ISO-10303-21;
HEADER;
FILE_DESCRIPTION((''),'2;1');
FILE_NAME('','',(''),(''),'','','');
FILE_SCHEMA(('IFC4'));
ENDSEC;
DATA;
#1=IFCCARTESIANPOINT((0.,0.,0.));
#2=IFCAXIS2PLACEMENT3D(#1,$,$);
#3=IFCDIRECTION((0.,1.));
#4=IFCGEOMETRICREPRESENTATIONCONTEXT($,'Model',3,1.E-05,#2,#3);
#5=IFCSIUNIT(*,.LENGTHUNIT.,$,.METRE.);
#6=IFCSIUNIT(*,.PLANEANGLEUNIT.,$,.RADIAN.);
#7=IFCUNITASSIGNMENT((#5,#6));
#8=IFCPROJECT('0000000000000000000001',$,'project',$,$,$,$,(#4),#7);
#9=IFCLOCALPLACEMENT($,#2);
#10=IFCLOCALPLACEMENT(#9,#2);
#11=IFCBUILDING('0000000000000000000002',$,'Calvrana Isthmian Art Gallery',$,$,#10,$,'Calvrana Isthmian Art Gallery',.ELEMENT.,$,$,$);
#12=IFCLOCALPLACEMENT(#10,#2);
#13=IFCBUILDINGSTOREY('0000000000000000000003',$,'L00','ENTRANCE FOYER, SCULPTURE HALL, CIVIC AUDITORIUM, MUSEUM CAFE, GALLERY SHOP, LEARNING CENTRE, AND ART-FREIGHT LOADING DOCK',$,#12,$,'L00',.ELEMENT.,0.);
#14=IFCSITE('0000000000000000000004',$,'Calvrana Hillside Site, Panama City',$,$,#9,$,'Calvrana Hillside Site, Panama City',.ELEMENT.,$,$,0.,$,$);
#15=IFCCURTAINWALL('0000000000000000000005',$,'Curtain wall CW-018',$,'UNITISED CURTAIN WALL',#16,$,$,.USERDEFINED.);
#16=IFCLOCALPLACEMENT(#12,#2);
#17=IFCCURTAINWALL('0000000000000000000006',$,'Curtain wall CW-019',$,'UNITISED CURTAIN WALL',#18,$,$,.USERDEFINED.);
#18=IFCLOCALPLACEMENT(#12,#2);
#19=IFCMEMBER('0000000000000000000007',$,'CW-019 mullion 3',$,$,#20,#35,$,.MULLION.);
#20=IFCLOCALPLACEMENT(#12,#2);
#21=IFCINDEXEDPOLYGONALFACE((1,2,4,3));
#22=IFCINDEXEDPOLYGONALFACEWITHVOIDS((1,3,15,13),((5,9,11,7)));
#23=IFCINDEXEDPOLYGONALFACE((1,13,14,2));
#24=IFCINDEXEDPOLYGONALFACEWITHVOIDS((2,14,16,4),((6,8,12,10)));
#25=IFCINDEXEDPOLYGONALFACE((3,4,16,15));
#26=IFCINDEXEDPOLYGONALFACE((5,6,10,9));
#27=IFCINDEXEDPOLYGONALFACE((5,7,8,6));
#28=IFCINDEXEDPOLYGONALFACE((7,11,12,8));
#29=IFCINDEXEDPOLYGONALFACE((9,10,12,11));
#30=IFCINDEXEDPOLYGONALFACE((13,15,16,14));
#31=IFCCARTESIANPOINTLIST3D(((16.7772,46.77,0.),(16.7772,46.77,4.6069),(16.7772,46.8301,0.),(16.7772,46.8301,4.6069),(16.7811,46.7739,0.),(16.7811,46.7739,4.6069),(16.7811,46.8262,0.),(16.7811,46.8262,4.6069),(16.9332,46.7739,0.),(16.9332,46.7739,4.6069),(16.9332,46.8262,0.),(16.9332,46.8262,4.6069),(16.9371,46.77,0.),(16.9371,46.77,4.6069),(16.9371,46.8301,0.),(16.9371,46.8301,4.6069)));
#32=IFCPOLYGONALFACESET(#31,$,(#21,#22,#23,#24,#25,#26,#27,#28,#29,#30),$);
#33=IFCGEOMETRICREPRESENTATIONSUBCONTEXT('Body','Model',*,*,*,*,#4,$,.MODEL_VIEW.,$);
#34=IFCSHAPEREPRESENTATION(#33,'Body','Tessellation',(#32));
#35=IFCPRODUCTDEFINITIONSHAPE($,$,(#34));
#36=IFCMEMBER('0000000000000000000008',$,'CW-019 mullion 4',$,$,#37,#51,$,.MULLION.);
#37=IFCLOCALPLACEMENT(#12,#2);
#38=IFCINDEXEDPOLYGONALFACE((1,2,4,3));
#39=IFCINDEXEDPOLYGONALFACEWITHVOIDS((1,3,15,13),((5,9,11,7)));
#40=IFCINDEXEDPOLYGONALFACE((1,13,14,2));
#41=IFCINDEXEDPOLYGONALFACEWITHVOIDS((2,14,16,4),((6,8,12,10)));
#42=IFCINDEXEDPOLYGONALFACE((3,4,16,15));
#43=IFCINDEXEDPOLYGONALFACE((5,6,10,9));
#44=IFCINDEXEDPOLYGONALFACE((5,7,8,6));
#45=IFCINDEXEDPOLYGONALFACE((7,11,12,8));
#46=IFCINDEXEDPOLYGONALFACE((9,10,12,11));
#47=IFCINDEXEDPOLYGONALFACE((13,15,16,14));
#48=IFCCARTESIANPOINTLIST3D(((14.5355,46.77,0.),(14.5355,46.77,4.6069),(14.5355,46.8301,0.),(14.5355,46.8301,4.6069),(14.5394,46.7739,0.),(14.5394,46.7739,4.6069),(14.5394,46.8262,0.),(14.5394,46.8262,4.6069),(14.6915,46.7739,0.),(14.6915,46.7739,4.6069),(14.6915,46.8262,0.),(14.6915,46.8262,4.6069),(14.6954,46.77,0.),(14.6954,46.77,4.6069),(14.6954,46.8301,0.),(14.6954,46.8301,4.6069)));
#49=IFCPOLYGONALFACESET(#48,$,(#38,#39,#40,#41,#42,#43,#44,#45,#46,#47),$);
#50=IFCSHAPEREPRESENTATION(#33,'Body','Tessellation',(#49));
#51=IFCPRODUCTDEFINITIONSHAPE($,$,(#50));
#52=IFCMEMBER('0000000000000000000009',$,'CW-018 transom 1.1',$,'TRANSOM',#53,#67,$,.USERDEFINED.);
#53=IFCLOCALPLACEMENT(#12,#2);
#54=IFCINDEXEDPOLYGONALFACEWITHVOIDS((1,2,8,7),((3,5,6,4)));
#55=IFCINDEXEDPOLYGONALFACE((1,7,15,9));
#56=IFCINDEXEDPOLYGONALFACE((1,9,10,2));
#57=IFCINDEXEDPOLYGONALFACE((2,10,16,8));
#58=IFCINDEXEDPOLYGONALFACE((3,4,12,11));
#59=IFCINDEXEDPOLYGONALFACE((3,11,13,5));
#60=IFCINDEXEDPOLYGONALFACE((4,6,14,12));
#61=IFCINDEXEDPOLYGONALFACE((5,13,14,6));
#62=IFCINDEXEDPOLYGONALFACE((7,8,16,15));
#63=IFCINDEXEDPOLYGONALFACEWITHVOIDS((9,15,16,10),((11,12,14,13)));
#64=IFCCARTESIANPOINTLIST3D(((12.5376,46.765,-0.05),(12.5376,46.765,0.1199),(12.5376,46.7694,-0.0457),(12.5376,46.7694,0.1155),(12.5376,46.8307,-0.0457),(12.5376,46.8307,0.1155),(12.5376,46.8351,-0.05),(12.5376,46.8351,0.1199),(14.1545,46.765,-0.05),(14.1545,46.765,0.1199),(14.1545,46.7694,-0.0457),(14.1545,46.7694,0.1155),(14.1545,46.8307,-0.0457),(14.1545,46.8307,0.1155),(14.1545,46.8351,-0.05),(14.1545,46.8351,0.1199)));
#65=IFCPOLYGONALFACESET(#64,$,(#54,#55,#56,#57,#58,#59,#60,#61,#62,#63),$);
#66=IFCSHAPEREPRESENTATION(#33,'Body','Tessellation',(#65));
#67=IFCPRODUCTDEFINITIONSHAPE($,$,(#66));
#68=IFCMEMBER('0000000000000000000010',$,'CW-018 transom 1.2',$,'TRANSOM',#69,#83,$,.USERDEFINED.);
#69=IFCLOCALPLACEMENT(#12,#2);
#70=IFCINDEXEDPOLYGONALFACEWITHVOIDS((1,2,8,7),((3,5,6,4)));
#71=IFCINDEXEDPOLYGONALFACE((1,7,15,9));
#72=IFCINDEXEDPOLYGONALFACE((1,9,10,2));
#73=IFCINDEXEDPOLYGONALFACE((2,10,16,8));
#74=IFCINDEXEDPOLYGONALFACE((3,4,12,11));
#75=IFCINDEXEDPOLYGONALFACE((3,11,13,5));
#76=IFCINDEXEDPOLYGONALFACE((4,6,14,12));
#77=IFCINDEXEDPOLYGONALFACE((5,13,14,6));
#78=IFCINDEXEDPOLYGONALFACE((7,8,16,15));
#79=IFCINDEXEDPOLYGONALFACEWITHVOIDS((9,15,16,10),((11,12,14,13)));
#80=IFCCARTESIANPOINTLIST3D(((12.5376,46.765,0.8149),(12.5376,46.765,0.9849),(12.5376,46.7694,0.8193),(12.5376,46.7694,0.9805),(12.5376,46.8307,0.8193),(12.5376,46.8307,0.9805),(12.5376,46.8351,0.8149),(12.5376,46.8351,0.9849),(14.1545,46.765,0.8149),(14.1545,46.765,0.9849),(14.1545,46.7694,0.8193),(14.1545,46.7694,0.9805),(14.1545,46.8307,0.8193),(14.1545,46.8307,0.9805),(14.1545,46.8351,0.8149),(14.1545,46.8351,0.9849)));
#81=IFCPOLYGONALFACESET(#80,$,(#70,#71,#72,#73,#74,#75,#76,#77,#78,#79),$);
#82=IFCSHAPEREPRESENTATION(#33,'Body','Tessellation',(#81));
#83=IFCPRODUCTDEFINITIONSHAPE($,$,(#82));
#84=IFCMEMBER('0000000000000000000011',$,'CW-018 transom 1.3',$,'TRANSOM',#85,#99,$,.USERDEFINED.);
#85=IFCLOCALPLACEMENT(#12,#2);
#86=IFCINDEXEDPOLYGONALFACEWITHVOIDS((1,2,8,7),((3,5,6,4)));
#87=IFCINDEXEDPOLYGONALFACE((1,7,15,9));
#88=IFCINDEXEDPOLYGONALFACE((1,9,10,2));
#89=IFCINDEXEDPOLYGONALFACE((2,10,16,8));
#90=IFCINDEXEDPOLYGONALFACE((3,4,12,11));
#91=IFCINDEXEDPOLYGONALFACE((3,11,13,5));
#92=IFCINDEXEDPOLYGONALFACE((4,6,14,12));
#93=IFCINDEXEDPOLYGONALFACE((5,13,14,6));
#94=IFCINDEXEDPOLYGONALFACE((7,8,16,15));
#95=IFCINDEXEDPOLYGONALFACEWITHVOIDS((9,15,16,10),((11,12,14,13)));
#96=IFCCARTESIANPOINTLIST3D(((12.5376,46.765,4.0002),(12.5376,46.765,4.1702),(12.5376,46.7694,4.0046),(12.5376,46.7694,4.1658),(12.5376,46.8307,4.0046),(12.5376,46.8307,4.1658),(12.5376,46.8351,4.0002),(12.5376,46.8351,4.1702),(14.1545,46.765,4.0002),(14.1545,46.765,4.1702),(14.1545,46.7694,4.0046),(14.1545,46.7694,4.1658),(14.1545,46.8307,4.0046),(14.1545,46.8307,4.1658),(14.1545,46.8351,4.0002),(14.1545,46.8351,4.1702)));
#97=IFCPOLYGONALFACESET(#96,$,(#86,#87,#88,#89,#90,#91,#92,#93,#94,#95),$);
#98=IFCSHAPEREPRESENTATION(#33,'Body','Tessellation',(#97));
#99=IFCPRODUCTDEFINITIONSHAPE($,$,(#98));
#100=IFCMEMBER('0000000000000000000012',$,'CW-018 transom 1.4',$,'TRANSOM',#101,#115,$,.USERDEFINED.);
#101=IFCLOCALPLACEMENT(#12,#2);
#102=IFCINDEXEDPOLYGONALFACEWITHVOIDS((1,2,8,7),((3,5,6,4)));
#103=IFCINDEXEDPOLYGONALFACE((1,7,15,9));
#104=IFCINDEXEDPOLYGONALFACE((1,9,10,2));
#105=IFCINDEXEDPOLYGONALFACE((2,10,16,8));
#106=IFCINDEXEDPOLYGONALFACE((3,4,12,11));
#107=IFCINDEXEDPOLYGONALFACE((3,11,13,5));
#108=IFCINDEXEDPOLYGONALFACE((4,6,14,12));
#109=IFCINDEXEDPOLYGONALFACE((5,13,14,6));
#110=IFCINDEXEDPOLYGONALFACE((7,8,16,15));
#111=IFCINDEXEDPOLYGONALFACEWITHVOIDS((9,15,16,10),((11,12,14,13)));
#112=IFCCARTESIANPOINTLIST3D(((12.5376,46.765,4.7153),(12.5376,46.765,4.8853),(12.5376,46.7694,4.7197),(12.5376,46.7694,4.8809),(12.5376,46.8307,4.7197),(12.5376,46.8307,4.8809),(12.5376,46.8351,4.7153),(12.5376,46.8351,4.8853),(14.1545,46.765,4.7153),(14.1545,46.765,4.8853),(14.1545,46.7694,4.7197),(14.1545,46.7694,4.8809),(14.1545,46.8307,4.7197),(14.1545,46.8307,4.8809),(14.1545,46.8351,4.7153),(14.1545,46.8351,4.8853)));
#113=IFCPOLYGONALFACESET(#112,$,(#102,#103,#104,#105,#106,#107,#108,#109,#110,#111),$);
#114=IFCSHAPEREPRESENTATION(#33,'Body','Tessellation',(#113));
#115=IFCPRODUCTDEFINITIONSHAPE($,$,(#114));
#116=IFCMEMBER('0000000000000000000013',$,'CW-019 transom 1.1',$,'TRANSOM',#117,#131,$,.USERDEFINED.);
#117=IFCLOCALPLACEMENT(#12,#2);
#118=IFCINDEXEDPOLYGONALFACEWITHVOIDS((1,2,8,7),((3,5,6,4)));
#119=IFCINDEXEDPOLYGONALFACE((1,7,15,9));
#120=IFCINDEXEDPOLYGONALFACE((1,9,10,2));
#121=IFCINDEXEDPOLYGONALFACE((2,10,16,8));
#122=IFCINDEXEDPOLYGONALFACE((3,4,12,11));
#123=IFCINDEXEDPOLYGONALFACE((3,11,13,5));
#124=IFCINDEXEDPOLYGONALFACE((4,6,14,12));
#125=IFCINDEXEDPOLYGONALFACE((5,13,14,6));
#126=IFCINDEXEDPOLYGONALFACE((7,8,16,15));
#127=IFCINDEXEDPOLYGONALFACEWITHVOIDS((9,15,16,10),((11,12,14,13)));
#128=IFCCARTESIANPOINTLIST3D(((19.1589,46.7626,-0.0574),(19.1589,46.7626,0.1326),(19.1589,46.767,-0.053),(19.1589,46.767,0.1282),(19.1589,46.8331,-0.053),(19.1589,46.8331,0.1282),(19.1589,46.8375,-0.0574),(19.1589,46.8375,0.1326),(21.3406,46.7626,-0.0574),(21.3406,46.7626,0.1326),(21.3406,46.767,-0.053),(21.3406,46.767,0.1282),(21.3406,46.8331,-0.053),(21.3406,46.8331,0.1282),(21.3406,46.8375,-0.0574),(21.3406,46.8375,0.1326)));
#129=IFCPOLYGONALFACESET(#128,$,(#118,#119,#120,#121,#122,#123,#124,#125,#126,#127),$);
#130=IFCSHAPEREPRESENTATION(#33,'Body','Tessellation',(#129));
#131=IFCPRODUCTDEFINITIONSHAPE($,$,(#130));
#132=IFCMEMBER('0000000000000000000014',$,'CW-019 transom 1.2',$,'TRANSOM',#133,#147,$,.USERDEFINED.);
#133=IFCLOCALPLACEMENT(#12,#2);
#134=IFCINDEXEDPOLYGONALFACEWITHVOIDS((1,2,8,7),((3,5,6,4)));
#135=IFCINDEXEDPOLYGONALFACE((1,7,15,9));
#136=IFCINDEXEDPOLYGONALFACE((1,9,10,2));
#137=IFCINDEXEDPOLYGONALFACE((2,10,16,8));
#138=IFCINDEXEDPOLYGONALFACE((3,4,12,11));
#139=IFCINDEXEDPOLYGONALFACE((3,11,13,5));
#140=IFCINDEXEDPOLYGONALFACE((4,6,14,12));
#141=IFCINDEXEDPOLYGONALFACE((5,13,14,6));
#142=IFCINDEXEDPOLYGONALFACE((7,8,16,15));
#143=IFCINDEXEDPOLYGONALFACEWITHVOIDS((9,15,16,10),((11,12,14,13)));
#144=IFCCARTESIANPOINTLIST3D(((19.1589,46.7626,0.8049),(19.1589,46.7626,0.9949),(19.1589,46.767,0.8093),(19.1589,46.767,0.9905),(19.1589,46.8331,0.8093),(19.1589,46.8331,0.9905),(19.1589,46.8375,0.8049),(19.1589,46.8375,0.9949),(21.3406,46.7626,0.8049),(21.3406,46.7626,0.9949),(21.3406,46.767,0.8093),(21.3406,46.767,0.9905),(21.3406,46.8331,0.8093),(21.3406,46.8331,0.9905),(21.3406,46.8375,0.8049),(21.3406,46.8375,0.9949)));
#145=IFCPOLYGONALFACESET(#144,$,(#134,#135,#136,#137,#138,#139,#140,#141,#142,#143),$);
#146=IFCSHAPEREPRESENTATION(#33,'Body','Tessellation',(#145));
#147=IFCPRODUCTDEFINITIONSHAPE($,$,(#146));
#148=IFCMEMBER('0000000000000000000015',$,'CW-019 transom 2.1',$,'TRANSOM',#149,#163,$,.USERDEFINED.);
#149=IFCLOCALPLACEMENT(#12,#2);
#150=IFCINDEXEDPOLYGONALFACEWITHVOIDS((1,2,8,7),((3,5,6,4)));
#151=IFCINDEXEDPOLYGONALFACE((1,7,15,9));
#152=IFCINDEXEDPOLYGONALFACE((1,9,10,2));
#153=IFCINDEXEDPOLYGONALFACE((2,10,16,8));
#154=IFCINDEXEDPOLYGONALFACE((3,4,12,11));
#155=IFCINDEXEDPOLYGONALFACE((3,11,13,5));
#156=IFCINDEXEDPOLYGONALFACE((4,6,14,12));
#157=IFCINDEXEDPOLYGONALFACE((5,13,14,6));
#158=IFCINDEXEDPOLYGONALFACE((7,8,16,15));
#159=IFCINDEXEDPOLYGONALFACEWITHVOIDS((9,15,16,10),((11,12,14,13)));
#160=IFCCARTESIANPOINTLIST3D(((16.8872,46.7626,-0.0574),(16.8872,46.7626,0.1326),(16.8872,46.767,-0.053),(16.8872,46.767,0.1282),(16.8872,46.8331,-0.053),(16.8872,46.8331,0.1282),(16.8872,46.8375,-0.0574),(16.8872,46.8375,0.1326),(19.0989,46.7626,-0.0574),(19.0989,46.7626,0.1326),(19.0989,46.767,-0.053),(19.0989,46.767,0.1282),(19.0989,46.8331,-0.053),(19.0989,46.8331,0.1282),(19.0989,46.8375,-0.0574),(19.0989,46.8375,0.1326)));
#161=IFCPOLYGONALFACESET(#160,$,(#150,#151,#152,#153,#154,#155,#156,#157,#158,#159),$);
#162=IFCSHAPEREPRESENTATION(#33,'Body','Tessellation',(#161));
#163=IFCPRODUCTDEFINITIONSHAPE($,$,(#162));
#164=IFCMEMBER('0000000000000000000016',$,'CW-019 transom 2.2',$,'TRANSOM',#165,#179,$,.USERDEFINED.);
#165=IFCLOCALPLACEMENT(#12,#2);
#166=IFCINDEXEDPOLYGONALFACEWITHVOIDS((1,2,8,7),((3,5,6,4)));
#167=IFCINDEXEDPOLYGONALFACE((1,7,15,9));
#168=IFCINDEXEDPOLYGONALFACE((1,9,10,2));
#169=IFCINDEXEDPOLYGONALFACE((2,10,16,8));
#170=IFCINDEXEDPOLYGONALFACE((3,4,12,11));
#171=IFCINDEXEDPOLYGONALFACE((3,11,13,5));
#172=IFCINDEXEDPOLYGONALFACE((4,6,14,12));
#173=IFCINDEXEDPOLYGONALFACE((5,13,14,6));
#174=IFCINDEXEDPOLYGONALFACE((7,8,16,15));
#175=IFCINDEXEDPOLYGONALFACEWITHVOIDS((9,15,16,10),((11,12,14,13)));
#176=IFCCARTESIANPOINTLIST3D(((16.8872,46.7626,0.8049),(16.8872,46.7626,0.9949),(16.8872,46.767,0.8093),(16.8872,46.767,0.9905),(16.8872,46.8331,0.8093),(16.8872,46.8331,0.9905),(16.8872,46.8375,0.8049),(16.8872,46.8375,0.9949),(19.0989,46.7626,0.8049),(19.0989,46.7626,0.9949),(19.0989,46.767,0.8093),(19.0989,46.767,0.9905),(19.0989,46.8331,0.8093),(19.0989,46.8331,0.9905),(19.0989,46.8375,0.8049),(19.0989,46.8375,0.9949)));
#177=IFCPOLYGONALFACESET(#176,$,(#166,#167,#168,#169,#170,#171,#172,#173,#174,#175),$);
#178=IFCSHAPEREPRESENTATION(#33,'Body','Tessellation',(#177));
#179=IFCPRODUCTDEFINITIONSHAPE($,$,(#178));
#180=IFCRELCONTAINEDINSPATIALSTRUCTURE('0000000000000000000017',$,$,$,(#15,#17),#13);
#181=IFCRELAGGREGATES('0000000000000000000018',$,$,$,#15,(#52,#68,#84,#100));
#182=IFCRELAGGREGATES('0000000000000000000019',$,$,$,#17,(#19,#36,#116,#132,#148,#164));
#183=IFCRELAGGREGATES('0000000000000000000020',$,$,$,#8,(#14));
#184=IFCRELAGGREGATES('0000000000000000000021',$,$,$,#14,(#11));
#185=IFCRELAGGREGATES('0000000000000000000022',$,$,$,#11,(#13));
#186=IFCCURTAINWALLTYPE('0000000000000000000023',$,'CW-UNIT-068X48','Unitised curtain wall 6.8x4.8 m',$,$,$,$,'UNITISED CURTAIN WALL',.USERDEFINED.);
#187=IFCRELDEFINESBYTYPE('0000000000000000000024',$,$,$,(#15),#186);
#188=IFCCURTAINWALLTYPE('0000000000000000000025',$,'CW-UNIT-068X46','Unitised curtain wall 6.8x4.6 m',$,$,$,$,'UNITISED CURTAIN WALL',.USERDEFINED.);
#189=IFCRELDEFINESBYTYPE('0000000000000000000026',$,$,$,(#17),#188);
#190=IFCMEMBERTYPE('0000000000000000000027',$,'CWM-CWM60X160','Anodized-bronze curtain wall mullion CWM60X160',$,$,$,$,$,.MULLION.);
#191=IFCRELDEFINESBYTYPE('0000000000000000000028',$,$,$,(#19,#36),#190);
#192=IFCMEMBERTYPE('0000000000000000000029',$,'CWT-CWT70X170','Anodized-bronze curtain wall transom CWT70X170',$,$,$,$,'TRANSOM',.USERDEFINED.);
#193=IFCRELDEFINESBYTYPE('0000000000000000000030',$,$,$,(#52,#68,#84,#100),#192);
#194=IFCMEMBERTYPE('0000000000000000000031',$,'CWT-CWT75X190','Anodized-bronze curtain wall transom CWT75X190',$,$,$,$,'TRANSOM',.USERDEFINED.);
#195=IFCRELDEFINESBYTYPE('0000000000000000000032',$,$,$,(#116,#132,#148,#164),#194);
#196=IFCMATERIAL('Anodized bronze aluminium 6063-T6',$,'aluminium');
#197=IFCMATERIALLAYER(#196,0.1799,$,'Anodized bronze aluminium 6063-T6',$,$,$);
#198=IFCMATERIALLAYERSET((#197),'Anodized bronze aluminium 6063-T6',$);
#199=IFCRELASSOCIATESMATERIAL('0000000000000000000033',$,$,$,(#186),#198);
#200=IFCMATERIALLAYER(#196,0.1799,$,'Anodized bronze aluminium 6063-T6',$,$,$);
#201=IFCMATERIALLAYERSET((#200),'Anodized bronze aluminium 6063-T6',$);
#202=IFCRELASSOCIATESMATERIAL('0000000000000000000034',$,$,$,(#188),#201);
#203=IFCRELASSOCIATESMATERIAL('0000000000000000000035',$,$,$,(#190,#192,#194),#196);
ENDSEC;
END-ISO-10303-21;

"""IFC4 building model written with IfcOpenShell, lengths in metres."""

from ifc_helpers import new_model, si_unit, direction, frame, origin, origin_2d, place, context, subcontext, project, spatial, hollow_rectangle, extrude, material, layer, layer_set, material_profile, profile_set, type_object, element, aggregate, save


model = new_model("IFC4")

# Units and contexts
model_context = context("Model", 3, precision=1e-05, world=origin(), true_north=direction((0.0, 1.0)))
body_context = subcontext(model_context, "Body", "Model", "MODEL_VIEW")
ifc_project = project(units=[si_unit("LENGTHUNIT", "METRE"), si_unit("PLANEANGLEUNIT", "RADIAN")], contexts=[model_context])

# Site, building, storey
site_placement = place(None, origin())
site = spatial("IfcSite", under=ifc_project, at=site_placement, Name="Calvrana Hillside Site, Panama City", LongName="Calvrana Hillside Site, Panama City", CompositionType="ELEMENT", RefElevation=0.0)
building_placement = place(site_placement, origin())
building = spatial("IfcBuilding", under=site, at=building_placement, Name="Calvrana Isthmian Art Gallery", LongName="Calvrana Isthmian Art Gallery", CompositionType="ELEMENT")
storey_placement = place(building_placement, origin())
storey = spatial("IfcBuildingStorey", under=building, at=storey_placement, Name="L00", Description="ENTRANCE FOYER, SCULPTURE HALL, CIVIC AUDITORIUM, MUSEUM CAFE, GALLERY SHOP, LEARNING CENTRE, AND ART-FREIGHT LOADING DOCK", LongName="L00", CompositionType="ELEMENT", Elevation=0.0)

# Curtain wall
ifc_material_1 = material(Name="Anodized bronze aluminium 6063-T6", Category="aluminium")
ifc_layer_1 = layer(ifc_material_1, 0.1799, Name="Anodized bronze aluminium 6063-T6")
ifc_layer_set_1 = layer_set([ifc_layer_1], Name="Anodized bronze aluminium 6063-T6")
curtain_wall_type_1 = type_object("IfcCurtainWallType", Name="CW-UNIT-068X48", Description="Unitised curtain wall 6.8x4.8 m", ElementType="UNITISED CURTAIN WALL", PredefinedType="USERDEFINED", material=ifc_layer_set_1)
curtain_wall_1_placement = place(storey_placement, origin())
curtain_wall_1 = element("IfcCurtainWall", 1, at=curtain_wall_1_placement, inside=storey, type_object=curtain_wall_type_1, Name="Curtain wall CW-018", ObjectType="UNITISED CURTAIN WALL", PredefinedType="USERDEFINED")

# Curtain wall, members
ifc_layer_2 = layer(ifc_material_1, 0.1799, Name="Anodized bronze aluminium 6063-T6")
ifc_layer_set_2 = layer_set([ifc_layer_2], Name="Anodized bronze aluminium 6063-T6")
curtain_wall_type_2 = type_object("IfcCurtainWallType", Name="CW-UNIT-068X46", Description="Unitised curtain wall 6.8x4.6 m", ElementType="UNITISED CURTAIN WALL", PredefinedType="USERDEFINED", material=ifc_layer_set_2)
curtain_wall_2_placement = place(storey_placement, origin())
curtain_wall_2 = element("IfcCurtainWall", 2, at=curtain_wall_2_placement, inside=storey, type_object=curtain_wall_type_2, Name="Curtain wall CW-019", ObjectType="UNITISED CURTAIN WALL", PredefinedType="USERDEFINED")
ifc_material_profile_1 = material_profile(ifc_material_1, hollow_rectangle(XDim=0.0601, YDim=0.1599, WallThickness=0.0039, at=origin_2d()), Name="CWM60X160")
ifc_profile_set_1 = profile_set([ifc_material_profile_1], Name="Anodized bronze aluminium 6063-T6")
member_type_1 = type_object("IfcMemberType", Name="CWM-CWM60X160", Description="Anodized-bronze curtain wall mullion CWM60X160", PredefinedType="MULLION", material=ifc_profile_set_1)
member_1_placement = place(storey_placement, frame((16.8572, 46.8, 0.0), z_axis=(0.0, 0.0, 1.0), x_axis=(0.0, -1.0, 0.0)))
member_1 = element("IfcMember", 3, at=member_1_placement, type_object=member_type_1, Name="CW-019 mullion 3", PredefinedType="MULLION", context=body_context, shape_type="SweptSolid", body=[
    extrude(hollow_rectangle(XDim=0.0601, YDim=0.1599, WallThickness=0.0039, at=origin_2d()), origin(), (0.0, 0.0, 1.0), 4.6069),
])
member_2_placement = place(storey_placement, frame((14.6155, 46.8, 0.0), z_axis=(0.0, 0.0, 1.0), x_axis=(0.0, -1.0, 0.0)))
member_2 = element("IfcMember", 4, at=member_2_placement, type_object=member_type_1, Name="CW-019 mullion 4", PredefinedType="MULLION", context=body_context, shape_type="SweptSolid", body=[
    extrude(hollow_rectangle(XDim=0.0601, YDim=0.1599, WallThickness=0.0039, at=origin_2d()), origin(), (0.0, 0.0, 1.0), 4.6069),
])

# Members
ifc_material_profile_2 = material_profile(ifc_material_1, hollow_rectangle(XDim=0.0701, YDim=0.1699, WallThickness=0.0044, at=origin_2d()), Name="CWT70X170")
ifc_profile_set_2 = profile_set([ifc_material_profile_2], Name="Anodized bronze aluminium 6063-T6")
member_type_2 = type_object("IfcMemberType", Name="CWT-CWT70X170", Description="Anodized-bronze curtain wall transom CWT70X170", ElementType="TRANSOM", PredefinedType="USERDEFINED", material=ifc_profile_set_2)
member_3_placement = place(storey_placement, frame((14.1545, 46.8, 0.0349), z_axis=(-1.0, 0.0, 0.0), x_axis=(0.0, -1.0, 0.0)))
member_3 = element("IfcMember", 5, at=member_3_placement, type_object=member_type_2, Name="CW-018 transom 1.1", ObjectType="TRANSOM", PredefinedType="USERDEFINED", context=body_context, shape_type="SweptSolid", body=[
    extrude(hollow_rectangle(XDim=0.0701, YDim=0.1699, WallThickness=0.0044, at=origin_2d()), origin(), (0.0, 0.0, 1.0), 1.6169),
])
member_4_placement = place(storey_placement, frame((14.1545, 46.8, 0.8999), z_axis=(-1.0, 0.0, 0.0), x_axis=(0.0, -1.0, 0.0)))
member_4 = element("IfcMember", 6, at=member_4_placement, type_object=member_type_2, Name="CW-018 transom 1.2", ObjectType="TRANSOM", PredefinedType="USERDEFINED", context=body_context, shape_type="SweptSolid", body=[
    extrude(hollow_rectangle(XDim=0.0701, YDim=0.1699, WallThickness=0.0044, at=origin_2d()), origin(), (0.0, 0.0, 1.0), 1.6169),
])
member_5_placement = place(storey_placement, frame((14.1545, 46.8, 4.0852), z_axis=(-1.0, 0.0, 0.0), x_axis=(0.0, -1.0, 0.0)))
member_5 = element("IfcMember", 7, at=member_5_placement, type_object=member_type_2, Name="CW-018 transom 1.3", ObjectType="TRANSOM", PredefinedType="USERDEFINED", context=body_context, shape_type="SweptSolid", body=[
    extrude(hollow_rectangle(XDim=0.0701, YDim=0.1699, WallThickness=0.0044, at=origin_2d()), origin(), (0.0, 0.0, 1.0), 1.6169),
])
member_6_placement = place(storey_placement, frame((14.1545, 46.8, 4.8003), z_axis=(-1.0, 0.0, 0.0), x_axis=(0.0, -1.0, 0.0)))
member_6 = element("IfcMember", 8, at=member_6_placement, type_object=member_type_2, Name="CW-018 transom 1.4", ObjectType="TRANSOM", PredefinedType="USERDEFINED", context=body_context, shape_type="SweptSolid", body=[
    extrude(hollow_rectangle(XDim=0.0701, YDim=0.1699, WallThickness=0.0044, at=origin_2d()), origin(), (0.0, 0.0, 1.0), 1.6169),
])
ifc_material_profile_3 = material_profile(ifc_material_1, hollow_rectangle(XDim=0.075, YDim=0.1899, WallThickness=0.0044, at=origin_2d()), Name="CWT75X190")
ifc_profile_set_3 = profile_set([ifc_material_profile_3], Name="Anodized bronze aluminium 6063-T6")
member_type_3 = type_object("IfcMemberType", Name="CWT-CWT75X190", Description="Anodized-bronze curtain wall transom CWT75X190", ElementType="TRANSOM", PredefinedType="USERDEFINED", material=ifc_profile_set_3)
member_7_placement = place(storey_placement, frame((21.3406, 46.8, 0.0376), z_axis=(-1.0, 0.0, 0.0), x_axis=(0.0, -1.0, 0.0)))
member_7 = element("IfcMember", 9, at=member_7_placement, type_object=member_type_3, Name="CW-019 transom 1.1", ObjectType="TRANSOM", PredefinedType="USERDEFINED", context=body_context, shape_type="SweptSolid", body=[
    extrude(hollow_rectangle(XDim=0.075, YDim=0.1899, WallThickness=0.0044, at=origin_2d()), origin(), (0.0, 0.0, 1.0), 2.1816),
])
member_8_placement = place(storey_placement, frame((21.3406, 46.8, 0.8999), z_axis=(-1.0, 0.0, 0.0), x_axis=(0.0, -1.0, 0.0)))
member_8 = element("IfcMember", 10, at=member_8_placement, type_object=member_type_3, Name="CW-019 transom 1.2", ObjectType="TRANSOM", PredefinedType="USERDEFINED", context=body_context, shape_type="SweptSolid", body=[
    extrude(hollow_rectangle(XDim=0.075, YDim=0.1899, WallThickness=0.0044, at=origin_2d()), origin(), (0.0, 0.0, 1.0), 2.1816),
])
member_9_placement = place(storey_placement, frame((19.0989, 46.8, 0.0376), z_axis=(-1.0, 0.0, 0.0), x_axis=(0.0, -1.0, 0.0)))
member_9 = element("IfcMember", 11, at=member_9_placement, type_object=member_type_3, Name="CW-019 transom 2.1", ObjectType="TRANSOM", PredefinedType="USERDEFINED", context=body_context, shape_type="SweptSolid", body=[
    extrude(hollow_rectangle(XDim=0.075, YDim=0.1899, WallThickness=0.0044, at=origin_2d()), origin(), (0.0, 0.0, 1.0), 2.2117),
])
member_10_placement = place(storey_placement, frame((19.0989, 46.8, 0.8999), z_axis=(-1.0, 0.0, 0.0), x_axis=(0.0, -1.0, 0.0)))
member_10 = element("IfcMember", 12, at=member_10_placement, type_object=member_type_3, Name="CW-019 transom 2.2", ObjectType="TRANSOM", PredefinedType="USERDEFINED", context=body_context, shape_type="SweptSolid", body=[
    extrude(hollow_rectangle(XDim=0.075, YDim=0.1899, WallThickness=0.0044, at=origin_2d()), origin(), (0.0, 0.0, 1.0), 2.2117),
])

aggregate(curtain_wall_1, [member_3, member_4, member_5, member_6])
aggregate(curtain_wall_2, [member_1, member_2, member_7, member_8, member_9, member_10])

save(model, "model.ifc")
